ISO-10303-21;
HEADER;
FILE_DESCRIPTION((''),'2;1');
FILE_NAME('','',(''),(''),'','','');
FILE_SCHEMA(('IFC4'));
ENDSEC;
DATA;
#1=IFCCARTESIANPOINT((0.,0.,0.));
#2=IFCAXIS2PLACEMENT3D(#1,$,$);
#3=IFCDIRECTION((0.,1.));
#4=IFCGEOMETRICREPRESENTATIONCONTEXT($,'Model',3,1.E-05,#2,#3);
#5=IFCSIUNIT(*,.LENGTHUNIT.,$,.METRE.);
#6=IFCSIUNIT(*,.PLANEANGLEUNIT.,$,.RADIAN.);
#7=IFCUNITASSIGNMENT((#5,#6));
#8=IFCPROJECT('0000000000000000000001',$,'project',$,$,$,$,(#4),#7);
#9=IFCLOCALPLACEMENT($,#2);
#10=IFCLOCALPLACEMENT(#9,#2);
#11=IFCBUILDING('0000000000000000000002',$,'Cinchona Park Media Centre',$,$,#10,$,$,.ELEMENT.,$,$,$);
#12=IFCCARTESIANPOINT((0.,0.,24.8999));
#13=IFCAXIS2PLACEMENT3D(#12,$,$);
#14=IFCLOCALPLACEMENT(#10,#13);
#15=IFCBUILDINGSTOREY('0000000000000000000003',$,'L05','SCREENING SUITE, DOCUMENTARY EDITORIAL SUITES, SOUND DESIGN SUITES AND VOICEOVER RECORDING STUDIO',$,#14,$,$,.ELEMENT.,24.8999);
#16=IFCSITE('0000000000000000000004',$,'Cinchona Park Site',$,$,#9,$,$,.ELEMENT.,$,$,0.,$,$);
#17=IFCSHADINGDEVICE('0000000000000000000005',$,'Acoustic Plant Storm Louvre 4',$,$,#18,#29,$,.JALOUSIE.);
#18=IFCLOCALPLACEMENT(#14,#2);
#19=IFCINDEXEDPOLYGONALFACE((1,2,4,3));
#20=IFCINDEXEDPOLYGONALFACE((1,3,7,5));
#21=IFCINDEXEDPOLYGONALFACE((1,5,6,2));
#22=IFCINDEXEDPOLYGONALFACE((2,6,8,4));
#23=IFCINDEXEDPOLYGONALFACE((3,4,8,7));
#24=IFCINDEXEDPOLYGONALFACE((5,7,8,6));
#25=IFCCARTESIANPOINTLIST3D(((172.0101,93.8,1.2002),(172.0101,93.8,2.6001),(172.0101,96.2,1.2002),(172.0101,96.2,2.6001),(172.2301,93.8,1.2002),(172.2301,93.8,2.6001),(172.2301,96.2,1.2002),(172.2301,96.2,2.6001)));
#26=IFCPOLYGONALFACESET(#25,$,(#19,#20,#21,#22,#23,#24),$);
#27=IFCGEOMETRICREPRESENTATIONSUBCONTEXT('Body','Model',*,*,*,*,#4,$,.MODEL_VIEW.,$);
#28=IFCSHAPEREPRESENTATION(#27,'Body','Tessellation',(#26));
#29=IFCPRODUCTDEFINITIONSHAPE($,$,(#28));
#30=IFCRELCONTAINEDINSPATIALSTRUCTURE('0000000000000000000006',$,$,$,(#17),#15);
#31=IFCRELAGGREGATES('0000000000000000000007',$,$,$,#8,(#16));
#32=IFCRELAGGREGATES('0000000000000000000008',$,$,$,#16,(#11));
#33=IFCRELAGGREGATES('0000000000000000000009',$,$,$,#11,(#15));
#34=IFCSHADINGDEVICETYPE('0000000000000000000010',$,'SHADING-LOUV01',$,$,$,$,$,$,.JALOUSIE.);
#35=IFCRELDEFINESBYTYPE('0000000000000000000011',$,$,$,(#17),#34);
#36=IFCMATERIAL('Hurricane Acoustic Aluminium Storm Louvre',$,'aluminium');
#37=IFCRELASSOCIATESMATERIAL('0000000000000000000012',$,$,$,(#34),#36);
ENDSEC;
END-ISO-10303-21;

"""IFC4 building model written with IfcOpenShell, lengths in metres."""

from ifc_helpers import new_model, si_unit, direction, frame, origin, origin_2d, place, context, subcontext, project, spatial, rectangle, extrude, material, type_object, element, save


model = new_model("IFC4")

# Units and contexts
model_context = context("Model", 3, precision=1e-05, world=origin(), true_north=direction((0.0, 1.0)))
body_context = subcontext(model_context, "Body", "Model", "MODEL_VIEW")
ifc_project = project(units=[si_unit("LENGTHUNIT", "METRE"), si_unit("PLANEANGLEUNIT", "RADIAN")], contexts=[model_context])

# Site, building, storey
site_placement = place(None, origin())
site = spatial("IfcSite", under=ifc_project, at=site_placement, Name="Cinchona Park Site", CompositionType="ELEMENT", RefElevation=0.0)
building_placement = place(site_placement, origin())
building = spatial("IfcBuilding", under=site, at=building_placement, Name="Cinchona Park Media Centre", CompositionType="ELEMENT")
storey_placement = place(building_placement, frame((0.0, 0.0, 24.8999)))
storey = spatial("IfcBuildingStorey", under=building, at=storey_placement, Name="L05", Description="SCREENING SUITE, DOCUMENTARY EDITORIAL SUITES, SOUND DESIGN SUITES AND VOICEOVER RECORDING STUDIO", CompositionType="ELEMENT", Elevation=24.8999)

# Shading device
ifc_material_1 = material(Name="Hurricane Acoustic Aluminium Storm Louvre", Category="aluminium")
shading_device_type = type_object("IfcShadingDeviceType", Name="SHADING-LOUV01", PredefinedType="JALOUSIE", material=ifc_material_1)
shading_device_placement = place(storey_placement, frame((172.1201, 95.0, 1.2002), z_axis=(0.0, 0.0, 1.0), x_axis=(0.0, 1.0, 0.0)))
element("IfcShadingDevice", 1, at=shading_device_placement, inside=storey, type_object=shading_device_type, Name="Acoustic Plant Storm Louvre 4", PredefinedType="JALOUSIE", context=body_context, shape_type="SweptSolid", body=[
    extrude(rectangle(XDim=2.3999, YDim=0.22, at=origin_2d()), origin(), (0.0, 0.0, 1.0), 1.3999),
])

save(model, "model.ifc")
